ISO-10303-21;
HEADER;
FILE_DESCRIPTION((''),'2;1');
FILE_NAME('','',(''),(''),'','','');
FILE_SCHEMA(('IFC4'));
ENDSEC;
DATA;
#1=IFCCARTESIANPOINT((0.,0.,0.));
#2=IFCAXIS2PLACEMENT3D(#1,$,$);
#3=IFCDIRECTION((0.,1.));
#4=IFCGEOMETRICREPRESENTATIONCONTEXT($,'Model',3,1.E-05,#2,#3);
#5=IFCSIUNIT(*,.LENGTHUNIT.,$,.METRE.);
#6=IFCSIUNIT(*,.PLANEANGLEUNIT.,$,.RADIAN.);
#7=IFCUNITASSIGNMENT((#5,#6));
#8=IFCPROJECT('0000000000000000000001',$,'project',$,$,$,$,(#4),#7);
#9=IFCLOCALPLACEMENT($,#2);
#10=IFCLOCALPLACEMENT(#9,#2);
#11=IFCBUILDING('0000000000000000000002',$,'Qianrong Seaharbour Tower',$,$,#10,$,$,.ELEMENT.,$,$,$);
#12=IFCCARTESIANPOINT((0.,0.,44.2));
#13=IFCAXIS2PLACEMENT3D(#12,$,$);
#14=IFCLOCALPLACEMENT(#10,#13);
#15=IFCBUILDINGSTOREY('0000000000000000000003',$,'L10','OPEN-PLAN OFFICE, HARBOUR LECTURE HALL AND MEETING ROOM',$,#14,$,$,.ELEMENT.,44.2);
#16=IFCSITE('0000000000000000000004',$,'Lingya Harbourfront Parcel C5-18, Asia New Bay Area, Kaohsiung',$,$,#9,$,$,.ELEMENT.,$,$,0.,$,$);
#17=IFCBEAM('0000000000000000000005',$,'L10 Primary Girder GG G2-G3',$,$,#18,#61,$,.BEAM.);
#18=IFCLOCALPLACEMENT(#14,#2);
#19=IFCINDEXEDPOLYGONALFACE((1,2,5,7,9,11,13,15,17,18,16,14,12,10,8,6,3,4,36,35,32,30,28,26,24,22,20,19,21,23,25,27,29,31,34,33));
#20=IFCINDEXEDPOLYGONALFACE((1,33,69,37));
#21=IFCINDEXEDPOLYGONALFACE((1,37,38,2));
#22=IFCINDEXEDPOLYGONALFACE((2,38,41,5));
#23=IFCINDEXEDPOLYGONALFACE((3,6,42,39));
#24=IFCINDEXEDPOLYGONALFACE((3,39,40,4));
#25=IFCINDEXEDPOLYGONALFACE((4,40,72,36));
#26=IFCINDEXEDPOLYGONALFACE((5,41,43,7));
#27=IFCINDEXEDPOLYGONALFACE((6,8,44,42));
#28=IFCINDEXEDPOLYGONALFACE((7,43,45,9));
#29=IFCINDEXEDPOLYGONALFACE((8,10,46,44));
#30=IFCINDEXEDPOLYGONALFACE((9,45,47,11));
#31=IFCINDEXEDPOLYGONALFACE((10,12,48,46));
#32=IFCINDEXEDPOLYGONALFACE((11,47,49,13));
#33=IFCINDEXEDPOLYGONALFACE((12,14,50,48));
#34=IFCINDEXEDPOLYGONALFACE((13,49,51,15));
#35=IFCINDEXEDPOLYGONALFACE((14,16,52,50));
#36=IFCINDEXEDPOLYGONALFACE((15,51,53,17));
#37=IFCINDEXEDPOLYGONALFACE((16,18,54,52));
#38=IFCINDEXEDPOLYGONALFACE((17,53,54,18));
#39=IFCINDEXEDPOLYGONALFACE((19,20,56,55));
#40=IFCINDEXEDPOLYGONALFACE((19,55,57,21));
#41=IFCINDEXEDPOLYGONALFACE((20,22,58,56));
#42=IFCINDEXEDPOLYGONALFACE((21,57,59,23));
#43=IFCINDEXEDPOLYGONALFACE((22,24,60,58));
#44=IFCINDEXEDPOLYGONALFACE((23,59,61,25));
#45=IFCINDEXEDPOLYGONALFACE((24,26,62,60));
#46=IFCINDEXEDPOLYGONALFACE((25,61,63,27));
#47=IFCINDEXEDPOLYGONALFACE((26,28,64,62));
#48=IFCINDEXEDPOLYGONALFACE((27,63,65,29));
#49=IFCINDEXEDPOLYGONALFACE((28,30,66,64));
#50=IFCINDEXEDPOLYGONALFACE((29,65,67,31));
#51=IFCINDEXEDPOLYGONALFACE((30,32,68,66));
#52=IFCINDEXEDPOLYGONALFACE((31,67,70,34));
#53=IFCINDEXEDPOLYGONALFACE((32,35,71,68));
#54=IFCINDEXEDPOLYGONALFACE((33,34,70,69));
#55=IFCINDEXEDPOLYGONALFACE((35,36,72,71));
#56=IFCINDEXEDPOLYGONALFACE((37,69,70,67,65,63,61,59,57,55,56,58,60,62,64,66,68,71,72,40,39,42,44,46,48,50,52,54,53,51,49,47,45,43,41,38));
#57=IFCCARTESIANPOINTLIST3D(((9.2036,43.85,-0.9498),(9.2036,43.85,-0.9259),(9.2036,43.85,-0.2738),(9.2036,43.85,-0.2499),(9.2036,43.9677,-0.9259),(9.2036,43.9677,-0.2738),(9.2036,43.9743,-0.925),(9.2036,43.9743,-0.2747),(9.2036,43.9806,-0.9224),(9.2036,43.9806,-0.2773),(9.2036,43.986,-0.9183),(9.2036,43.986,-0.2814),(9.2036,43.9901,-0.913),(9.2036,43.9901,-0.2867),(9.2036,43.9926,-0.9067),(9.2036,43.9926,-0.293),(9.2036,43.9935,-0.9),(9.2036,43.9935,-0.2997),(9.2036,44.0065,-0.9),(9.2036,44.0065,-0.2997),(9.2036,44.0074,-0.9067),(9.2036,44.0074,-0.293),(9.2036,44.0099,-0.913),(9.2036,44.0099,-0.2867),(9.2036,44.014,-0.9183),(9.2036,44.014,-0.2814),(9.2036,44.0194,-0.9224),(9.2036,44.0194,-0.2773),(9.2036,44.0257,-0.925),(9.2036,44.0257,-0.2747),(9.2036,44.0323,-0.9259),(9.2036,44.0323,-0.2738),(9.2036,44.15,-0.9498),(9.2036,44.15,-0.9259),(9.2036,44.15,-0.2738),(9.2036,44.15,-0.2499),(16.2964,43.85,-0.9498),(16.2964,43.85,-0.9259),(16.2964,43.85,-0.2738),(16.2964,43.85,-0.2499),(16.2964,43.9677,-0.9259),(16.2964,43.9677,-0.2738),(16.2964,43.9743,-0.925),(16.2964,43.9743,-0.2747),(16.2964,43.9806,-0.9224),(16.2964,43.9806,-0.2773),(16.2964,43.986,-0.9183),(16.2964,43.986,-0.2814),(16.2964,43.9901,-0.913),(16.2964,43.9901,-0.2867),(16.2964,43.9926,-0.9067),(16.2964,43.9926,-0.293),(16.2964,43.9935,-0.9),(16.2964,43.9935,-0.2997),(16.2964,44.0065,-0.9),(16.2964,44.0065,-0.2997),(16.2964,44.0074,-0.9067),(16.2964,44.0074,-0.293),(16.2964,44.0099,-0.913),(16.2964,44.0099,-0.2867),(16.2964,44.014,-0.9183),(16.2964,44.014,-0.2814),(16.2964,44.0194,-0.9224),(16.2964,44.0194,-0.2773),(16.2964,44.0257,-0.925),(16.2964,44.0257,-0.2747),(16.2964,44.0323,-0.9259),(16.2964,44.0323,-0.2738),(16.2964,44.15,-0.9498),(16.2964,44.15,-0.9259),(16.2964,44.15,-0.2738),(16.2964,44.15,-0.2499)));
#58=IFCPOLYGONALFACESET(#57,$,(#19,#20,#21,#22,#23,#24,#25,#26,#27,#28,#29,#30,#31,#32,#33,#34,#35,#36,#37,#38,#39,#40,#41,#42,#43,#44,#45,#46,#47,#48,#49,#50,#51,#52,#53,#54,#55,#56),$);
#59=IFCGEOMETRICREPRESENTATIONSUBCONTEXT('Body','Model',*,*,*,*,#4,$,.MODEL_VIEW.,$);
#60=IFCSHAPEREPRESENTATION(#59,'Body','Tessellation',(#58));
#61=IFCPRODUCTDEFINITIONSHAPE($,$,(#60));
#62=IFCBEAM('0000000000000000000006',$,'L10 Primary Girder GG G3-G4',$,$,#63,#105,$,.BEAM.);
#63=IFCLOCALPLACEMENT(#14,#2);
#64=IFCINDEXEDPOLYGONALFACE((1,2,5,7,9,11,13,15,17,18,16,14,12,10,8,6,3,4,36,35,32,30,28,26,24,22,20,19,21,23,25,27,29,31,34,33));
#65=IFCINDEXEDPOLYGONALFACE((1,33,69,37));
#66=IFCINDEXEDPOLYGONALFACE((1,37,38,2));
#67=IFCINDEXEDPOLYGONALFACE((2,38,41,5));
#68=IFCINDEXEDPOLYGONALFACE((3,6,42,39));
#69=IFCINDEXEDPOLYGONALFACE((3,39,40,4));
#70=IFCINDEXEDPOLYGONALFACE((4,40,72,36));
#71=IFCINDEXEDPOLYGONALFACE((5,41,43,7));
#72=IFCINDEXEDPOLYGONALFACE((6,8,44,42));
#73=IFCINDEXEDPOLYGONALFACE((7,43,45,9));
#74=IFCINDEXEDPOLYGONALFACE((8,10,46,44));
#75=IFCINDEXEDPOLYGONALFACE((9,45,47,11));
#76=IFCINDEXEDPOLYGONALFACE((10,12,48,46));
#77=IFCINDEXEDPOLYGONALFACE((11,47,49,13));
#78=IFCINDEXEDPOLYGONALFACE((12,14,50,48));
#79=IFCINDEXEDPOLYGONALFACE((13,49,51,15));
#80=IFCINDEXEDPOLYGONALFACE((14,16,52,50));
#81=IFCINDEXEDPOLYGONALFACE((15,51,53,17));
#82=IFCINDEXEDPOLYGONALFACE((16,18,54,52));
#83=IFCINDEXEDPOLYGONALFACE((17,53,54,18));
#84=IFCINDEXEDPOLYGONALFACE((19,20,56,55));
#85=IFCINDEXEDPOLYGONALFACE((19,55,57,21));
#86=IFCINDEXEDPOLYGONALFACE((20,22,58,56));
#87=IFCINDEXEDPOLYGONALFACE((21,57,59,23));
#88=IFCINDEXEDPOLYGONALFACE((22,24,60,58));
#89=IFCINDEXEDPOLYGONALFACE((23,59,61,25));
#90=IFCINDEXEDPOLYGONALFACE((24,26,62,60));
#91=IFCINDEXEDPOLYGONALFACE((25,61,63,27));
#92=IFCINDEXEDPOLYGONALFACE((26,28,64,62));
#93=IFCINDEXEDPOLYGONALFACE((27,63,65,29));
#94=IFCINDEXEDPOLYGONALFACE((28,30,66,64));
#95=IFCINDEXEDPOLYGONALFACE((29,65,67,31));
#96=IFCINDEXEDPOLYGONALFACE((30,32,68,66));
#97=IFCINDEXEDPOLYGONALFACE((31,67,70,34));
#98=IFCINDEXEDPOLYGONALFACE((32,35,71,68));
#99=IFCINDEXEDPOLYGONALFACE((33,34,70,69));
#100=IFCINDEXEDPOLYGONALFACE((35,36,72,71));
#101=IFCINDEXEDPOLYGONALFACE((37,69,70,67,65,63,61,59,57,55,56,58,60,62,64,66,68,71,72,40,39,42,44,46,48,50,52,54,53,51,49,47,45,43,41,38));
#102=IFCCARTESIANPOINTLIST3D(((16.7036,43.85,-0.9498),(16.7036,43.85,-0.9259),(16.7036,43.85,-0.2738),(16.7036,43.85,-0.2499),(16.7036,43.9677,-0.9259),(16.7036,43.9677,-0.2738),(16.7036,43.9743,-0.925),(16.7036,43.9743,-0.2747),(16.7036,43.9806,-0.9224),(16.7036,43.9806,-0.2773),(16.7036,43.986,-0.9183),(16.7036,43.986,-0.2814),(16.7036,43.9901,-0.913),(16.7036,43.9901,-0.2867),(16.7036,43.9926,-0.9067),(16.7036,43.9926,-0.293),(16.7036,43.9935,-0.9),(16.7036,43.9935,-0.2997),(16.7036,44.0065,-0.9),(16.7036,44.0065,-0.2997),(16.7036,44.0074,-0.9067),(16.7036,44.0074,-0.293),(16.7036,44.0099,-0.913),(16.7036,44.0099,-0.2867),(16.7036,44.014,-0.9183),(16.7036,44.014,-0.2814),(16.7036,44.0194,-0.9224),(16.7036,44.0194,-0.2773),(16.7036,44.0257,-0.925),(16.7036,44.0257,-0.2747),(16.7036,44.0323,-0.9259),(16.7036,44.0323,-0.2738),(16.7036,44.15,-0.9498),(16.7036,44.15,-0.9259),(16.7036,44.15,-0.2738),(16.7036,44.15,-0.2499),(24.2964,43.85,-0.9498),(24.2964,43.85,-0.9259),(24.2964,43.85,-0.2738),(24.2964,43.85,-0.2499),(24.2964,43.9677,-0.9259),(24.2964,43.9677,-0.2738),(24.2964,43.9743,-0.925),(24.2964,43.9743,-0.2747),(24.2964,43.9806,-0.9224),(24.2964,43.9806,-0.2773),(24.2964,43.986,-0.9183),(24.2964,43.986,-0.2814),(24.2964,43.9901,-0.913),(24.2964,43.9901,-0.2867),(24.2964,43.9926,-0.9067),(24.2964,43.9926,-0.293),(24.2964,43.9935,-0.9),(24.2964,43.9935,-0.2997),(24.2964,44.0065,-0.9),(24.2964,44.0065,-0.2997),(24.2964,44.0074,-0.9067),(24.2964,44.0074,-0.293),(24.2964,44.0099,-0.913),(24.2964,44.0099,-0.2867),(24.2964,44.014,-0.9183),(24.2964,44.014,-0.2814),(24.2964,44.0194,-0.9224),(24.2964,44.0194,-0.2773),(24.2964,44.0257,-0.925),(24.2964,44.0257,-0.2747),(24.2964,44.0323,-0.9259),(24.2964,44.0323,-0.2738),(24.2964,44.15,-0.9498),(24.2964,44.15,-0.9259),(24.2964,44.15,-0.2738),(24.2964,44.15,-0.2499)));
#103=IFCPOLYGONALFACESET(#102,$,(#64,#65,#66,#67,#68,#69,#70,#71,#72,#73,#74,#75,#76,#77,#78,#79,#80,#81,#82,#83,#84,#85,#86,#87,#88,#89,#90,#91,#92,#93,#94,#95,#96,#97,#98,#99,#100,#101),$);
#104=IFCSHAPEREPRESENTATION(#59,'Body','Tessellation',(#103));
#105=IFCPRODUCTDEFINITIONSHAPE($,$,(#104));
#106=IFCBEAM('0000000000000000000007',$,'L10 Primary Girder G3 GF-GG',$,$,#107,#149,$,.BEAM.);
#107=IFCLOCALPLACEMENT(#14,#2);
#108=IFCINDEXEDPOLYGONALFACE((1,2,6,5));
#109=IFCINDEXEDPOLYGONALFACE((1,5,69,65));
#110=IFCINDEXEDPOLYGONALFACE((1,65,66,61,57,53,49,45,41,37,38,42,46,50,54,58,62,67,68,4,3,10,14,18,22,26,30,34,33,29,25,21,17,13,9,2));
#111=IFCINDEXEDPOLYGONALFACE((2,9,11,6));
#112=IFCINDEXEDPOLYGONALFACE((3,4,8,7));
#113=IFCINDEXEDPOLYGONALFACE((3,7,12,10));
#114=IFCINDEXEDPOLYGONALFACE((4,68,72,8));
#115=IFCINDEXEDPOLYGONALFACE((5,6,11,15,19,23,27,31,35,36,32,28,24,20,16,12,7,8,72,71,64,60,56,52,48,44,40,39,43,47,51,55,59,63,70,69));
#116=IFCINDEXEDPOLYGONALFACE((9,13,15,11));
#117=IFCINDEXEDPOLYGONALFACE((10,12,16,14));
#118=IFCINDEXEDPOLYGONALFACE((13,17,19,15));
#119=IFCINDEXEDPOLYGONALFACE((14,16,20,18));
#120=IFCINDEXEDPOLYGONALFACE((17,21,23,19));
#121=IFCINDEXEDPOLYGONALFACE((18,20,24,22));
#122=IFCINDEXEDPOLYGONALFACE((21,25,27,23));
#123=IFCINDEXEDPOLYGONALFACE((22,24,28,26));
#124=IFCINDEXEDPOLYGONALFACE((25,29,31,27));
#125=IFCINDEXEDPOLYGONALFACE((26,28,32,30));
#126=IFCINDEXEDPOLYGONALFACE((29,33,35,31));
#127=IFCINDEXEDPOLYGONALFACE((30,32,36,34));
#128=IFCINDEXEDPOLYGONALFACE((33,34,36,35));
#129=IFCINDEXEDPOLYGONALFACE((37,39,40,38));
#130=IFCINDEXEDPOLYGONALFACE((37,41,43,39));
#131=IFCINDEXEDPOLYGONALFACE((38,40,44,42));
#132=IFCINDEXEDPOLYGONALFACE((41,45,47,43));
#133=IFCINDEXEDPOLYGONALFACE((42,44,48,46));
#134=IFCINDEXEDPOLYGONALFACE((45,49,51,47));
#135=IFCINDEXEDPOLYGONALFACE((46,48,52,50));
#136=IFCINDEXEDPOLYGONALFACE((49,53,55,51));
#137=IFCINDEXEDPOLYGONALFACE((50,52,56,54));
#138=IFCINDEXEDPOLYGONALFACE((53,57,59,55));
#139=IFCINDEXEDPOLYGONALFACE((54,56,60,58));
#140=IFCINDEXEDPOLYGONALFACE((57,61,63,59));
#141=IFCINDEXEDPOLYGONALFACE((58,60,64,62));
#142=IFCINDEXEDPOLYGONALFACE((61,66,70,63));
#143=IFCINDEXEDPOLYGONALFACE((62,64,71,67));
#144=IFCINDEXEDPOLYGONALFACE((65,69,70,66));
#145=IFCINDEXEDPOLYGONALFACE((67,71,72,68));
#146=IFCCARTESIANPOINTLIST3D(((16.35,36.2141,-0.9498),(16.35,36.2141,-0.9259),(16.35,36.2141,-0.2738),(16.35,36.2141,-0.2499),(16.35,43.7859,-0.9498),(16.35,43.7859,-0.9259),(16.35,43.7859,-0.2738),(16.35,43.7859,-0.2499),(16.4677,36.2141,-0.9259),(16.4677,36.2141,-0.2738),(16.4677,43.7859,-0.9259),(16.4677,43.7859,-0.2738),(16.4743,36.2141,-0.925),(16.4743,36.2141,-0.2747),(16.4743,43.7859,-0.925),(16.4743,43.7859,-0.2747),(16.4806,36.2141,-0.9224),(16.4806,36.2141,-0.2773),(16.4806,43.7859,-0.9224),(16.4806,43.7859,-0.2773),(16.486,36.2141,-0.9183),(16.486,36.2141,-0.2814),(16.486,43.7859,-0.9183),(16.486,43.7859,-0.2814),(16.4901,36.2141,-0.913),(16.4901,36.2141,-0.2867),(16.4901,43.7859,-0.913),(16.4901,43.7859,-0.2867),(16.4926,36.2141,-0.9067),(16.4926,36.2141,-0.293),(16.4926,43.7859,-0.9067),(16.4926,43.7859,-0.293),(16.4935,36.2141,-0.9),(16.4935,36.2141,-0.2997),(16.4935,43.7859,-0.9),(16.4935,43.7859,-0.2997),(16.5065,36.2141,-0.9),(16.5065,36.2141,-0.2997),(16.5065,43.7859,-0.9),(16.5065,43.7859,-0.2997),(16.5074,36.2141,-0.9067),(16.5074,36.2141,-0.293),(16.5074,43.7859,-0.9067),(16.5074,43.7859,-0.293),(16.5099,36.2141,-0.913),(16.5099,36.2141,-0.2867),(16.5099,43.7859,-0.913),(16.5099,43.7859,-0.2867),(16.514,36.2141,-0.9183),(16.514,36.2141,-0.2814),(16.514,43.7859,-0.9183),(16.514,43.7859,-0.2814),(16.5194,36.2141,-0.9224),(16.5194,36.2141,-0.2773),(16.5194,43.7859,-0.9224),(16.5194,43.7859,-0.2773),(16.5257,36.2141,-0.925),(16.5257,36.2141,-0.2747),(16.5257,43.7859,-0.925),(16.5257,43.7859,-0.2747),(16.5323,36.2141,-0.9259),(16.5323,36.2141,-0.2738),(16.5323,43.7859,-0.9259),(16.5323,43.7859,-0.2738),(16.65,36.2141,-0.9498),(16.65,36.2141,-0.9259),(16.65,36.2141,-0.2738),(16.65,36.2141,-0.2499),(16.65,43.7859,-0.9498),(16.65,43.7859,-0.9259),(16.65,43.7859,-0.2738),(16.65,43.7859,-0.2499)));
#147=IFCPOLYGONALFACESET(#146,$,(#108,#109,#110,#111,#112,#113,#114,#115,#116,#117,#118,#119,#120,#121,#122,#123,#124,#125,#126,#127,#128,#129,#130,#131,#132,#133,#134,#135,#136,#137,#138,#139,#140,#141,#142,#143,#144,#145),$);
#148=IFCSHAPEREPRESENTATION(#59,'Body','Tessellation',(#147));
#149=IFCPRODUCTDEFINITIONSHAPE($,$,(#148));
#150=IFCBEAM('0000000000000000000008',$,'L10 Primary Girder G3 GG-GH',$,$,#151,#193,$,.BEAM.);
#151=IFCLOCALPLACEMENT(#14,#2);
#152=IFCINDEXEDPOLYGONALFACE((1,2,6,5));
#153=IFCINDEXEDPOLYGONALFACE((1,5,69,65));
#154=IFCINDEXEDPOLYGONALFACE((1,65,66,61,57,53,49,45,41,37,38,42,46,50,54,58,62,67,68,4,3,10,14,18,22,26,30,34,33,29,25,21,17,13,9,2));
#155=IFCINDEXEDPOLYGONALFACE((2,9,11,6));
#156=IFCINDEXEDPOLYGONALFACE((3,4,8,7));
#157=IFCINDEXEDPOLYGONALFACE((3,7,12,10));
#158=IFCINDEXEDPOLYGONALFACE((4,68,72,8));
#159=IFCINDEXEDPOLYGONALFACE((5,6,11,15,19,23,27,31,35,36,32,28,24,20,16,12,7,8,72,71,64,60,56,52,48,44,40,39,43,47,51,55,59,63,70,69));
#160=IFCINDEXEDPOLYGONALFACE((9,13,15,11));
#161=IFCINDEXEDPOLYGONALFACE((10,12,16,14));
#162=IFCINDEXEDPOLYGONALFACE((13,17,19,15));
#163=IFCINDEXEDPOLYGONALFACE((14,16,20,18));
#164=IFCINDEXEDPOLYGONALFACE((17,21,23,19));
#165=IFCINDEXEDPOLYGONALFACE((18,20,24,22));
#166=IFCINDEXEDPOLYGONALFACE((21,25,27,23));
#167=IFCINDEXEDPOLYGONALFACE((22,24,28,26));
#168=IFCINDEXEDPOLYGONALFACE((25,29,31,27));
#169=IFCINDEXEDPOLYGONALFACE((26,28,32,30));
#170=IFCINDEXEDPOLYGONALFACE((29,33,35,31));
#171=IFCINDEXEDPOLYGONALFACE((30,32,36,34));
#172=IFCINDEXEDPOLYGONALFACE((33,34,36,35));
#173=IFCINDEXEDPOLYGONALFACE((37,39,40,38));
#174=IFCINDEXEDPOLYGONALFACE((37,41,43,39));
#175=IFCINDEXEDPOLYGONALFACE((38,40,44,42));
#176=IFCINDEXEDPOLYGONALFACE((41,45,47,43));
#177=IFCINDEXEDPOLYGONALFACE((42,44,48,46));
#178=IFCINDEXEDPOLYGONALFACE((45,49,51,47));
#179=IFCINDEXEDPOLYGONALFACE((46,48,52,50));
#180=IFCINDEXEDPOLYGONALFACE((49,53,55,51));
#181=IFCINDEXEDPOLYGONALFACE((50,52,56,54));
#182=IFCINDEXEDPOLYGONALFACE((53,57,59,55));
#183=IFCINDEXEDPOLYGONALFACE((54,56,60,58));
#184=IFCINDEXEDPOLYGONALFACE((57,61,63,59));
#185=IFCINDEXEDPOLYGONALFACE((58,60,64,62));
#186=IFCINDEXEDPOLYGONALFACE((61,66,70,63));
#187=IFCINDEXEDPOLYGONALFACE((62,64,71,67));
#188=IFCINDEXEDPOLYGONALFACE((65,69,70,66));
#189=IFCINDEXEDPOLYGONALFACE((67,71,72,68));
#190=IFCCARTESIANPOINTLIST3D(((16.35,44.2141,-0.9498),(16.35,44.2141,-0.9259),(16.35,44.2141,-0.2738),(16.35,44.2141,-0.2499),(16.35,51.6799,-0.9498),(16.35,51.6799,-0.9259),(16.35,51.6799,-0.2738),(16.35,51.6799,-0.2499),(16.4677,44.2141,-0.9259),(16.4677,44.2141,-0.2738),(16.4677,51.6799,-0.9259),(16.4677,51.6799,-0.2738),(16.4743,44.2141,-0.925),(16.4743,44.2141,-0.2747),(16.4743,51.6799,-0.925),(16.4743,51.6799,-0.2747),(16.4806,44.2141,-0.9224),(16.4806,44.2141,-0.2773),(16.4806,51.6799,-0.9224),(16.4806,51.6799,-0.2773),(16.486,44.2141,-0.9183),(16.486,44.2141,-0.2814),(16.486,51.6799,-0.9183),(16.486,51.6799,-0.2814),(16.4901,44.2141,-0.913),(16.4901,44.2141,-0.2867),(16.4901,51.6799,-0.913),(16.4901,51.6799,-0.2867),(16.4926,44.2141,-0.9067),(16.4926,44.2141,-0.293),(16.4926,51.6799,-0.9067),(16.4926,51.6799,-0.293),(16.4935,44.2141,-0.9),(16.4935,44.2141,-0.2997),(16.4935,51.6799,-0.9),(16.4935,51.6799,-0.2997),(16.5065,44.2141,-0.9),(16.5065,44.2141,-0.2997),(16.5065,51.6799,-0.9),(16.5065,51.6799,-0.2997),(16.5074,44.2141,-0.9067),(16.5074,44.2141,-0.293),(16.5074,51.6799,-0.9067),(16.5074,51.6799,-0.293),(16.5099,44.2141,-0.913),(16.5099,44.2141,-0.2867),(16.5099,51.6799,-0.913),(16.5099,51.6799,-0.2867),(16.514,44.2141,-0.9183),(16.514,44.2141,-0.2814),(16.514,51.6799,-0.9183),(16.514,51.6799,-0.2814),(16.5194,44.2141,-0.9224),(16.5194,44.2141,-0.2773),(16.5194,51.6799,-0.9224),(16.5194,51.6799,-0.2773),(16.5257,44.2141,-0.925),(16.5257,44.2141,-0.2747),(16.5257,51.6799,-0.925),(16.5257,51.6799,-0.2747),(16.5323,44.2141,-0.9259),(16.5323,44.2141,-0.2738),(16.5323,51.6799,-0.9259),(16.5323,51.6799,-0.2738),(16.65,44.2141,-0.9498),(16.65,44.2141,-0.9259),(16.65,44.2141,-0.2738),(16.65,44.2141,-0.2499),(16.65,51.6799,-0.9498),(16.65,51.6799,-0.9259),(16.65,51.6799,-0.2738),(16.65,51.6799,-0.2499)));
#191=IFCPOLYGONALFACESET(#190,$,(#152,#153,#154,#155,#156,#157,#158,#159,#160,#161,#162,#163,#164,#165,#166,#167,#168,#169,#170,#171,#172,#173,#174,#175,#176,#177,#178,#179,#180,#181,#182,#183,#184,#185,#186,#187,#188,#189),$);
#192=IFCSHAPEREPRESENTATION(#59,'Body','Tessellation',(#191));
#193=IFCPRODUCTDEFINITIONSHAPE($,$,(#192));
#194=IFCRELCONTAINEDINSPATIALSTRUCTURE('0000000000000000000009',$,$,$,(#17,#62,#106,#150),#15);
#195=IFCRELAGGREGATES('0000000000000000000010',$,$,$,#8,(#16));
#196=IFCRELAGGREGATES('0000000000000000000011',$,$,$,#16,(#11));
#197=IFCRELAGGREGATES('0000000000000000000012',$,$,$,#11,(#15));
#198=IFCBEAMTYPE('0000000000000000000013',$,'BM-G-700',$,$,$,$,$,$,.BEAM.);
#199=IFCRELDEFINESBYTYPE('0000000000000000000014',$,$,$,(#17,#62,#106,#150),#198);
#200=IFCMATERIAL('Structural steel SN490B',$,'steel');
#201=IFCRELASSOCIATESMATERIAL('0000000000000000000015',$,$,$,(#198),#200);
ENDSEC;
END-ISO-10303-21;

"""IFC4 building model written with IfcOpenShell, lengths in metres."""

from ifc_helpers import new_model, si_unit, direction, frame, origin, origin_2d, place, context, subcontext, project, spatial, i_section, extrude, material, material_profile, profile_set, type_object, element, save


model = new_model("IFC4")

# Units and contexts
model_context = context("Model", 3, precision=1e-05, world=origin(), true_north=direction((0.0, 1.0)))
body_context = subcontext(model_context, "Body", "Model", "MODEL_VIEW")
ifc_project = project(units=[si_unit("LENGTHUNIT", "METRE"), si_unit("PLANEANGLEUNIT", "RADIAN")], contexts=[model_context])

# Site, building, storey
site_placement = place(None, origin())
site = spatial("IfcSite", under=ifc_project, at=site_placement, Name="Lingya Harbourfront Parcel C5-18, Asia New Bay Area, Kaohsiung", CompositionType="ELEMENT", RefElevation=0.0)
building_placement = place(site_placement, origin())
building = spatial("IfcBuilding", under=site, at=building_placement, Name="Qianrong Seaharbour Tower", CompositionType="ELEMENT")
storey_placement = place(building_placement, frame((0.0, 0.0, 44.2)))
storey = spatial("IfcBuildingStorey", under=building, at=storey_placement, Name="L10", Description="OPEN-PLAN OFFICE, HARBOUR LECTURE HALL AND MEETING ROOM", CompositionType="ELEMENT", Elevation=44.2)

# Shared definitions
ifc_material_1 = material(Name="Structural steel SN490B", Category="steel")

# Beams
ifc_material_profile_1 = material_profile(ifc_material_1, i_section(OverallWidth=0.3, OverallDepth=0.7, WebThickness=0.0129, FlangeThickness=0.0239, FilletRadius=0.0259, at=origin_2d()), Name="H700x300x13x24")
ifc_profile_set_1 = profile_set([ifc_material_profile_1], Name="Structural steel SN490B")
beam_type_1 = type_object("IfcBeamType", Name="BM-G-700", PredefinedType="BEAM", material=ifc_profile_set_1)
beam_1_placement = place(storey_placement, frame((9.2036, 44.0, -0.5999), z_axis=(1.0, 0.0, 0.0), x_axis=(0.0, 1.0, 0.0)))
element("IfcBeam", 1, at=beam_1_placement, inside=storey, type_object=beam_type_1, Name="L10 Primary Girder GG G2-G3", PredefinedType="BEAM", context=body_context, shape_type="SweptSolid", body=[
    extrude(i_section(OverallWidth=0.3, OverallDepth=0.7, WebThickness=0.0129, FlangeThickness=0.0239, FilletRadius=0.0259, at=origin_2d()), origin(), (0.0, 0.0, 1.0), 7.0928),
])
beam_2_placement = place(storey_placement, frame((16.7036, 44.0, -0.5999), z_axis=(1.0, 0.0, 0.0), x_axis=(0.0, 1.0, 0.0)))
element("IfcBeam", 2, at=beam_2_placement, inside=storey, type_object=beam_type_1, Name="L10 Primary Girder GG G3-G4", PredefinedType="BEAM", context=body_context, shape_type="SweptSolid", body=[
    extrude(i_section(OverallWidth=0.3, OverallDepth=0.7, WebThickness=0.0129, FlangeThickness=0.0239, FilletRadius=0.0259, at=origin_2d()), origin(), (0.0, 0.0, 1.0), 7.5928),
])
beam_3_placement = place(storey_placement, frame((16.5, 36.2141, -0.5999), z_axis=(0.0, 1.0, 0.0), x_axis=(-1.0, 0.0, 0.0)))
element("IfcBeam", 3, at=beam_3_placement, inside=storey, type_object=beam_type_1, Name="L10 Primary Girder G3 GF-GG", PredefinedType="BEAM", context=body_context, shape_type="SweptSolid", body=[
    extrude(i_section(OverallWidth=0.3, OverallDepth=0.7, WebThickness=0.0129, FlangeThickness=0.0239, FilletRadius=0.0259, at=origin_2d()), origin(), (0.0, 0.0, 1.0), 7.5718),
])
beam_4_placement = place(storey_placement, frame((16.5, 44.2141, -0.5999), z_axis=(0.0, 1.0, 0.0), x_axis=(-1.0, 0.0, 0.0)))
element("IfcBeam", 4, at=beam_4_placement, inside=storey, type_object=beam_type_1, Name="L10 Primary Girder G3 GG-GH", PredefinedType="BEAM", context=body_context, shape_type="SweptSolid", body=[
    extrude(i_section(OverallWidth=0.3, OverallDepth=0.7, WebThickness=0.0129, FlangeThickness=0.0239, FilletRadius=0.0259, at=origin_2d()), origin(), (0.0, 0.0, 1.0), 7.4658),
])

save(model, "model.ifc")
